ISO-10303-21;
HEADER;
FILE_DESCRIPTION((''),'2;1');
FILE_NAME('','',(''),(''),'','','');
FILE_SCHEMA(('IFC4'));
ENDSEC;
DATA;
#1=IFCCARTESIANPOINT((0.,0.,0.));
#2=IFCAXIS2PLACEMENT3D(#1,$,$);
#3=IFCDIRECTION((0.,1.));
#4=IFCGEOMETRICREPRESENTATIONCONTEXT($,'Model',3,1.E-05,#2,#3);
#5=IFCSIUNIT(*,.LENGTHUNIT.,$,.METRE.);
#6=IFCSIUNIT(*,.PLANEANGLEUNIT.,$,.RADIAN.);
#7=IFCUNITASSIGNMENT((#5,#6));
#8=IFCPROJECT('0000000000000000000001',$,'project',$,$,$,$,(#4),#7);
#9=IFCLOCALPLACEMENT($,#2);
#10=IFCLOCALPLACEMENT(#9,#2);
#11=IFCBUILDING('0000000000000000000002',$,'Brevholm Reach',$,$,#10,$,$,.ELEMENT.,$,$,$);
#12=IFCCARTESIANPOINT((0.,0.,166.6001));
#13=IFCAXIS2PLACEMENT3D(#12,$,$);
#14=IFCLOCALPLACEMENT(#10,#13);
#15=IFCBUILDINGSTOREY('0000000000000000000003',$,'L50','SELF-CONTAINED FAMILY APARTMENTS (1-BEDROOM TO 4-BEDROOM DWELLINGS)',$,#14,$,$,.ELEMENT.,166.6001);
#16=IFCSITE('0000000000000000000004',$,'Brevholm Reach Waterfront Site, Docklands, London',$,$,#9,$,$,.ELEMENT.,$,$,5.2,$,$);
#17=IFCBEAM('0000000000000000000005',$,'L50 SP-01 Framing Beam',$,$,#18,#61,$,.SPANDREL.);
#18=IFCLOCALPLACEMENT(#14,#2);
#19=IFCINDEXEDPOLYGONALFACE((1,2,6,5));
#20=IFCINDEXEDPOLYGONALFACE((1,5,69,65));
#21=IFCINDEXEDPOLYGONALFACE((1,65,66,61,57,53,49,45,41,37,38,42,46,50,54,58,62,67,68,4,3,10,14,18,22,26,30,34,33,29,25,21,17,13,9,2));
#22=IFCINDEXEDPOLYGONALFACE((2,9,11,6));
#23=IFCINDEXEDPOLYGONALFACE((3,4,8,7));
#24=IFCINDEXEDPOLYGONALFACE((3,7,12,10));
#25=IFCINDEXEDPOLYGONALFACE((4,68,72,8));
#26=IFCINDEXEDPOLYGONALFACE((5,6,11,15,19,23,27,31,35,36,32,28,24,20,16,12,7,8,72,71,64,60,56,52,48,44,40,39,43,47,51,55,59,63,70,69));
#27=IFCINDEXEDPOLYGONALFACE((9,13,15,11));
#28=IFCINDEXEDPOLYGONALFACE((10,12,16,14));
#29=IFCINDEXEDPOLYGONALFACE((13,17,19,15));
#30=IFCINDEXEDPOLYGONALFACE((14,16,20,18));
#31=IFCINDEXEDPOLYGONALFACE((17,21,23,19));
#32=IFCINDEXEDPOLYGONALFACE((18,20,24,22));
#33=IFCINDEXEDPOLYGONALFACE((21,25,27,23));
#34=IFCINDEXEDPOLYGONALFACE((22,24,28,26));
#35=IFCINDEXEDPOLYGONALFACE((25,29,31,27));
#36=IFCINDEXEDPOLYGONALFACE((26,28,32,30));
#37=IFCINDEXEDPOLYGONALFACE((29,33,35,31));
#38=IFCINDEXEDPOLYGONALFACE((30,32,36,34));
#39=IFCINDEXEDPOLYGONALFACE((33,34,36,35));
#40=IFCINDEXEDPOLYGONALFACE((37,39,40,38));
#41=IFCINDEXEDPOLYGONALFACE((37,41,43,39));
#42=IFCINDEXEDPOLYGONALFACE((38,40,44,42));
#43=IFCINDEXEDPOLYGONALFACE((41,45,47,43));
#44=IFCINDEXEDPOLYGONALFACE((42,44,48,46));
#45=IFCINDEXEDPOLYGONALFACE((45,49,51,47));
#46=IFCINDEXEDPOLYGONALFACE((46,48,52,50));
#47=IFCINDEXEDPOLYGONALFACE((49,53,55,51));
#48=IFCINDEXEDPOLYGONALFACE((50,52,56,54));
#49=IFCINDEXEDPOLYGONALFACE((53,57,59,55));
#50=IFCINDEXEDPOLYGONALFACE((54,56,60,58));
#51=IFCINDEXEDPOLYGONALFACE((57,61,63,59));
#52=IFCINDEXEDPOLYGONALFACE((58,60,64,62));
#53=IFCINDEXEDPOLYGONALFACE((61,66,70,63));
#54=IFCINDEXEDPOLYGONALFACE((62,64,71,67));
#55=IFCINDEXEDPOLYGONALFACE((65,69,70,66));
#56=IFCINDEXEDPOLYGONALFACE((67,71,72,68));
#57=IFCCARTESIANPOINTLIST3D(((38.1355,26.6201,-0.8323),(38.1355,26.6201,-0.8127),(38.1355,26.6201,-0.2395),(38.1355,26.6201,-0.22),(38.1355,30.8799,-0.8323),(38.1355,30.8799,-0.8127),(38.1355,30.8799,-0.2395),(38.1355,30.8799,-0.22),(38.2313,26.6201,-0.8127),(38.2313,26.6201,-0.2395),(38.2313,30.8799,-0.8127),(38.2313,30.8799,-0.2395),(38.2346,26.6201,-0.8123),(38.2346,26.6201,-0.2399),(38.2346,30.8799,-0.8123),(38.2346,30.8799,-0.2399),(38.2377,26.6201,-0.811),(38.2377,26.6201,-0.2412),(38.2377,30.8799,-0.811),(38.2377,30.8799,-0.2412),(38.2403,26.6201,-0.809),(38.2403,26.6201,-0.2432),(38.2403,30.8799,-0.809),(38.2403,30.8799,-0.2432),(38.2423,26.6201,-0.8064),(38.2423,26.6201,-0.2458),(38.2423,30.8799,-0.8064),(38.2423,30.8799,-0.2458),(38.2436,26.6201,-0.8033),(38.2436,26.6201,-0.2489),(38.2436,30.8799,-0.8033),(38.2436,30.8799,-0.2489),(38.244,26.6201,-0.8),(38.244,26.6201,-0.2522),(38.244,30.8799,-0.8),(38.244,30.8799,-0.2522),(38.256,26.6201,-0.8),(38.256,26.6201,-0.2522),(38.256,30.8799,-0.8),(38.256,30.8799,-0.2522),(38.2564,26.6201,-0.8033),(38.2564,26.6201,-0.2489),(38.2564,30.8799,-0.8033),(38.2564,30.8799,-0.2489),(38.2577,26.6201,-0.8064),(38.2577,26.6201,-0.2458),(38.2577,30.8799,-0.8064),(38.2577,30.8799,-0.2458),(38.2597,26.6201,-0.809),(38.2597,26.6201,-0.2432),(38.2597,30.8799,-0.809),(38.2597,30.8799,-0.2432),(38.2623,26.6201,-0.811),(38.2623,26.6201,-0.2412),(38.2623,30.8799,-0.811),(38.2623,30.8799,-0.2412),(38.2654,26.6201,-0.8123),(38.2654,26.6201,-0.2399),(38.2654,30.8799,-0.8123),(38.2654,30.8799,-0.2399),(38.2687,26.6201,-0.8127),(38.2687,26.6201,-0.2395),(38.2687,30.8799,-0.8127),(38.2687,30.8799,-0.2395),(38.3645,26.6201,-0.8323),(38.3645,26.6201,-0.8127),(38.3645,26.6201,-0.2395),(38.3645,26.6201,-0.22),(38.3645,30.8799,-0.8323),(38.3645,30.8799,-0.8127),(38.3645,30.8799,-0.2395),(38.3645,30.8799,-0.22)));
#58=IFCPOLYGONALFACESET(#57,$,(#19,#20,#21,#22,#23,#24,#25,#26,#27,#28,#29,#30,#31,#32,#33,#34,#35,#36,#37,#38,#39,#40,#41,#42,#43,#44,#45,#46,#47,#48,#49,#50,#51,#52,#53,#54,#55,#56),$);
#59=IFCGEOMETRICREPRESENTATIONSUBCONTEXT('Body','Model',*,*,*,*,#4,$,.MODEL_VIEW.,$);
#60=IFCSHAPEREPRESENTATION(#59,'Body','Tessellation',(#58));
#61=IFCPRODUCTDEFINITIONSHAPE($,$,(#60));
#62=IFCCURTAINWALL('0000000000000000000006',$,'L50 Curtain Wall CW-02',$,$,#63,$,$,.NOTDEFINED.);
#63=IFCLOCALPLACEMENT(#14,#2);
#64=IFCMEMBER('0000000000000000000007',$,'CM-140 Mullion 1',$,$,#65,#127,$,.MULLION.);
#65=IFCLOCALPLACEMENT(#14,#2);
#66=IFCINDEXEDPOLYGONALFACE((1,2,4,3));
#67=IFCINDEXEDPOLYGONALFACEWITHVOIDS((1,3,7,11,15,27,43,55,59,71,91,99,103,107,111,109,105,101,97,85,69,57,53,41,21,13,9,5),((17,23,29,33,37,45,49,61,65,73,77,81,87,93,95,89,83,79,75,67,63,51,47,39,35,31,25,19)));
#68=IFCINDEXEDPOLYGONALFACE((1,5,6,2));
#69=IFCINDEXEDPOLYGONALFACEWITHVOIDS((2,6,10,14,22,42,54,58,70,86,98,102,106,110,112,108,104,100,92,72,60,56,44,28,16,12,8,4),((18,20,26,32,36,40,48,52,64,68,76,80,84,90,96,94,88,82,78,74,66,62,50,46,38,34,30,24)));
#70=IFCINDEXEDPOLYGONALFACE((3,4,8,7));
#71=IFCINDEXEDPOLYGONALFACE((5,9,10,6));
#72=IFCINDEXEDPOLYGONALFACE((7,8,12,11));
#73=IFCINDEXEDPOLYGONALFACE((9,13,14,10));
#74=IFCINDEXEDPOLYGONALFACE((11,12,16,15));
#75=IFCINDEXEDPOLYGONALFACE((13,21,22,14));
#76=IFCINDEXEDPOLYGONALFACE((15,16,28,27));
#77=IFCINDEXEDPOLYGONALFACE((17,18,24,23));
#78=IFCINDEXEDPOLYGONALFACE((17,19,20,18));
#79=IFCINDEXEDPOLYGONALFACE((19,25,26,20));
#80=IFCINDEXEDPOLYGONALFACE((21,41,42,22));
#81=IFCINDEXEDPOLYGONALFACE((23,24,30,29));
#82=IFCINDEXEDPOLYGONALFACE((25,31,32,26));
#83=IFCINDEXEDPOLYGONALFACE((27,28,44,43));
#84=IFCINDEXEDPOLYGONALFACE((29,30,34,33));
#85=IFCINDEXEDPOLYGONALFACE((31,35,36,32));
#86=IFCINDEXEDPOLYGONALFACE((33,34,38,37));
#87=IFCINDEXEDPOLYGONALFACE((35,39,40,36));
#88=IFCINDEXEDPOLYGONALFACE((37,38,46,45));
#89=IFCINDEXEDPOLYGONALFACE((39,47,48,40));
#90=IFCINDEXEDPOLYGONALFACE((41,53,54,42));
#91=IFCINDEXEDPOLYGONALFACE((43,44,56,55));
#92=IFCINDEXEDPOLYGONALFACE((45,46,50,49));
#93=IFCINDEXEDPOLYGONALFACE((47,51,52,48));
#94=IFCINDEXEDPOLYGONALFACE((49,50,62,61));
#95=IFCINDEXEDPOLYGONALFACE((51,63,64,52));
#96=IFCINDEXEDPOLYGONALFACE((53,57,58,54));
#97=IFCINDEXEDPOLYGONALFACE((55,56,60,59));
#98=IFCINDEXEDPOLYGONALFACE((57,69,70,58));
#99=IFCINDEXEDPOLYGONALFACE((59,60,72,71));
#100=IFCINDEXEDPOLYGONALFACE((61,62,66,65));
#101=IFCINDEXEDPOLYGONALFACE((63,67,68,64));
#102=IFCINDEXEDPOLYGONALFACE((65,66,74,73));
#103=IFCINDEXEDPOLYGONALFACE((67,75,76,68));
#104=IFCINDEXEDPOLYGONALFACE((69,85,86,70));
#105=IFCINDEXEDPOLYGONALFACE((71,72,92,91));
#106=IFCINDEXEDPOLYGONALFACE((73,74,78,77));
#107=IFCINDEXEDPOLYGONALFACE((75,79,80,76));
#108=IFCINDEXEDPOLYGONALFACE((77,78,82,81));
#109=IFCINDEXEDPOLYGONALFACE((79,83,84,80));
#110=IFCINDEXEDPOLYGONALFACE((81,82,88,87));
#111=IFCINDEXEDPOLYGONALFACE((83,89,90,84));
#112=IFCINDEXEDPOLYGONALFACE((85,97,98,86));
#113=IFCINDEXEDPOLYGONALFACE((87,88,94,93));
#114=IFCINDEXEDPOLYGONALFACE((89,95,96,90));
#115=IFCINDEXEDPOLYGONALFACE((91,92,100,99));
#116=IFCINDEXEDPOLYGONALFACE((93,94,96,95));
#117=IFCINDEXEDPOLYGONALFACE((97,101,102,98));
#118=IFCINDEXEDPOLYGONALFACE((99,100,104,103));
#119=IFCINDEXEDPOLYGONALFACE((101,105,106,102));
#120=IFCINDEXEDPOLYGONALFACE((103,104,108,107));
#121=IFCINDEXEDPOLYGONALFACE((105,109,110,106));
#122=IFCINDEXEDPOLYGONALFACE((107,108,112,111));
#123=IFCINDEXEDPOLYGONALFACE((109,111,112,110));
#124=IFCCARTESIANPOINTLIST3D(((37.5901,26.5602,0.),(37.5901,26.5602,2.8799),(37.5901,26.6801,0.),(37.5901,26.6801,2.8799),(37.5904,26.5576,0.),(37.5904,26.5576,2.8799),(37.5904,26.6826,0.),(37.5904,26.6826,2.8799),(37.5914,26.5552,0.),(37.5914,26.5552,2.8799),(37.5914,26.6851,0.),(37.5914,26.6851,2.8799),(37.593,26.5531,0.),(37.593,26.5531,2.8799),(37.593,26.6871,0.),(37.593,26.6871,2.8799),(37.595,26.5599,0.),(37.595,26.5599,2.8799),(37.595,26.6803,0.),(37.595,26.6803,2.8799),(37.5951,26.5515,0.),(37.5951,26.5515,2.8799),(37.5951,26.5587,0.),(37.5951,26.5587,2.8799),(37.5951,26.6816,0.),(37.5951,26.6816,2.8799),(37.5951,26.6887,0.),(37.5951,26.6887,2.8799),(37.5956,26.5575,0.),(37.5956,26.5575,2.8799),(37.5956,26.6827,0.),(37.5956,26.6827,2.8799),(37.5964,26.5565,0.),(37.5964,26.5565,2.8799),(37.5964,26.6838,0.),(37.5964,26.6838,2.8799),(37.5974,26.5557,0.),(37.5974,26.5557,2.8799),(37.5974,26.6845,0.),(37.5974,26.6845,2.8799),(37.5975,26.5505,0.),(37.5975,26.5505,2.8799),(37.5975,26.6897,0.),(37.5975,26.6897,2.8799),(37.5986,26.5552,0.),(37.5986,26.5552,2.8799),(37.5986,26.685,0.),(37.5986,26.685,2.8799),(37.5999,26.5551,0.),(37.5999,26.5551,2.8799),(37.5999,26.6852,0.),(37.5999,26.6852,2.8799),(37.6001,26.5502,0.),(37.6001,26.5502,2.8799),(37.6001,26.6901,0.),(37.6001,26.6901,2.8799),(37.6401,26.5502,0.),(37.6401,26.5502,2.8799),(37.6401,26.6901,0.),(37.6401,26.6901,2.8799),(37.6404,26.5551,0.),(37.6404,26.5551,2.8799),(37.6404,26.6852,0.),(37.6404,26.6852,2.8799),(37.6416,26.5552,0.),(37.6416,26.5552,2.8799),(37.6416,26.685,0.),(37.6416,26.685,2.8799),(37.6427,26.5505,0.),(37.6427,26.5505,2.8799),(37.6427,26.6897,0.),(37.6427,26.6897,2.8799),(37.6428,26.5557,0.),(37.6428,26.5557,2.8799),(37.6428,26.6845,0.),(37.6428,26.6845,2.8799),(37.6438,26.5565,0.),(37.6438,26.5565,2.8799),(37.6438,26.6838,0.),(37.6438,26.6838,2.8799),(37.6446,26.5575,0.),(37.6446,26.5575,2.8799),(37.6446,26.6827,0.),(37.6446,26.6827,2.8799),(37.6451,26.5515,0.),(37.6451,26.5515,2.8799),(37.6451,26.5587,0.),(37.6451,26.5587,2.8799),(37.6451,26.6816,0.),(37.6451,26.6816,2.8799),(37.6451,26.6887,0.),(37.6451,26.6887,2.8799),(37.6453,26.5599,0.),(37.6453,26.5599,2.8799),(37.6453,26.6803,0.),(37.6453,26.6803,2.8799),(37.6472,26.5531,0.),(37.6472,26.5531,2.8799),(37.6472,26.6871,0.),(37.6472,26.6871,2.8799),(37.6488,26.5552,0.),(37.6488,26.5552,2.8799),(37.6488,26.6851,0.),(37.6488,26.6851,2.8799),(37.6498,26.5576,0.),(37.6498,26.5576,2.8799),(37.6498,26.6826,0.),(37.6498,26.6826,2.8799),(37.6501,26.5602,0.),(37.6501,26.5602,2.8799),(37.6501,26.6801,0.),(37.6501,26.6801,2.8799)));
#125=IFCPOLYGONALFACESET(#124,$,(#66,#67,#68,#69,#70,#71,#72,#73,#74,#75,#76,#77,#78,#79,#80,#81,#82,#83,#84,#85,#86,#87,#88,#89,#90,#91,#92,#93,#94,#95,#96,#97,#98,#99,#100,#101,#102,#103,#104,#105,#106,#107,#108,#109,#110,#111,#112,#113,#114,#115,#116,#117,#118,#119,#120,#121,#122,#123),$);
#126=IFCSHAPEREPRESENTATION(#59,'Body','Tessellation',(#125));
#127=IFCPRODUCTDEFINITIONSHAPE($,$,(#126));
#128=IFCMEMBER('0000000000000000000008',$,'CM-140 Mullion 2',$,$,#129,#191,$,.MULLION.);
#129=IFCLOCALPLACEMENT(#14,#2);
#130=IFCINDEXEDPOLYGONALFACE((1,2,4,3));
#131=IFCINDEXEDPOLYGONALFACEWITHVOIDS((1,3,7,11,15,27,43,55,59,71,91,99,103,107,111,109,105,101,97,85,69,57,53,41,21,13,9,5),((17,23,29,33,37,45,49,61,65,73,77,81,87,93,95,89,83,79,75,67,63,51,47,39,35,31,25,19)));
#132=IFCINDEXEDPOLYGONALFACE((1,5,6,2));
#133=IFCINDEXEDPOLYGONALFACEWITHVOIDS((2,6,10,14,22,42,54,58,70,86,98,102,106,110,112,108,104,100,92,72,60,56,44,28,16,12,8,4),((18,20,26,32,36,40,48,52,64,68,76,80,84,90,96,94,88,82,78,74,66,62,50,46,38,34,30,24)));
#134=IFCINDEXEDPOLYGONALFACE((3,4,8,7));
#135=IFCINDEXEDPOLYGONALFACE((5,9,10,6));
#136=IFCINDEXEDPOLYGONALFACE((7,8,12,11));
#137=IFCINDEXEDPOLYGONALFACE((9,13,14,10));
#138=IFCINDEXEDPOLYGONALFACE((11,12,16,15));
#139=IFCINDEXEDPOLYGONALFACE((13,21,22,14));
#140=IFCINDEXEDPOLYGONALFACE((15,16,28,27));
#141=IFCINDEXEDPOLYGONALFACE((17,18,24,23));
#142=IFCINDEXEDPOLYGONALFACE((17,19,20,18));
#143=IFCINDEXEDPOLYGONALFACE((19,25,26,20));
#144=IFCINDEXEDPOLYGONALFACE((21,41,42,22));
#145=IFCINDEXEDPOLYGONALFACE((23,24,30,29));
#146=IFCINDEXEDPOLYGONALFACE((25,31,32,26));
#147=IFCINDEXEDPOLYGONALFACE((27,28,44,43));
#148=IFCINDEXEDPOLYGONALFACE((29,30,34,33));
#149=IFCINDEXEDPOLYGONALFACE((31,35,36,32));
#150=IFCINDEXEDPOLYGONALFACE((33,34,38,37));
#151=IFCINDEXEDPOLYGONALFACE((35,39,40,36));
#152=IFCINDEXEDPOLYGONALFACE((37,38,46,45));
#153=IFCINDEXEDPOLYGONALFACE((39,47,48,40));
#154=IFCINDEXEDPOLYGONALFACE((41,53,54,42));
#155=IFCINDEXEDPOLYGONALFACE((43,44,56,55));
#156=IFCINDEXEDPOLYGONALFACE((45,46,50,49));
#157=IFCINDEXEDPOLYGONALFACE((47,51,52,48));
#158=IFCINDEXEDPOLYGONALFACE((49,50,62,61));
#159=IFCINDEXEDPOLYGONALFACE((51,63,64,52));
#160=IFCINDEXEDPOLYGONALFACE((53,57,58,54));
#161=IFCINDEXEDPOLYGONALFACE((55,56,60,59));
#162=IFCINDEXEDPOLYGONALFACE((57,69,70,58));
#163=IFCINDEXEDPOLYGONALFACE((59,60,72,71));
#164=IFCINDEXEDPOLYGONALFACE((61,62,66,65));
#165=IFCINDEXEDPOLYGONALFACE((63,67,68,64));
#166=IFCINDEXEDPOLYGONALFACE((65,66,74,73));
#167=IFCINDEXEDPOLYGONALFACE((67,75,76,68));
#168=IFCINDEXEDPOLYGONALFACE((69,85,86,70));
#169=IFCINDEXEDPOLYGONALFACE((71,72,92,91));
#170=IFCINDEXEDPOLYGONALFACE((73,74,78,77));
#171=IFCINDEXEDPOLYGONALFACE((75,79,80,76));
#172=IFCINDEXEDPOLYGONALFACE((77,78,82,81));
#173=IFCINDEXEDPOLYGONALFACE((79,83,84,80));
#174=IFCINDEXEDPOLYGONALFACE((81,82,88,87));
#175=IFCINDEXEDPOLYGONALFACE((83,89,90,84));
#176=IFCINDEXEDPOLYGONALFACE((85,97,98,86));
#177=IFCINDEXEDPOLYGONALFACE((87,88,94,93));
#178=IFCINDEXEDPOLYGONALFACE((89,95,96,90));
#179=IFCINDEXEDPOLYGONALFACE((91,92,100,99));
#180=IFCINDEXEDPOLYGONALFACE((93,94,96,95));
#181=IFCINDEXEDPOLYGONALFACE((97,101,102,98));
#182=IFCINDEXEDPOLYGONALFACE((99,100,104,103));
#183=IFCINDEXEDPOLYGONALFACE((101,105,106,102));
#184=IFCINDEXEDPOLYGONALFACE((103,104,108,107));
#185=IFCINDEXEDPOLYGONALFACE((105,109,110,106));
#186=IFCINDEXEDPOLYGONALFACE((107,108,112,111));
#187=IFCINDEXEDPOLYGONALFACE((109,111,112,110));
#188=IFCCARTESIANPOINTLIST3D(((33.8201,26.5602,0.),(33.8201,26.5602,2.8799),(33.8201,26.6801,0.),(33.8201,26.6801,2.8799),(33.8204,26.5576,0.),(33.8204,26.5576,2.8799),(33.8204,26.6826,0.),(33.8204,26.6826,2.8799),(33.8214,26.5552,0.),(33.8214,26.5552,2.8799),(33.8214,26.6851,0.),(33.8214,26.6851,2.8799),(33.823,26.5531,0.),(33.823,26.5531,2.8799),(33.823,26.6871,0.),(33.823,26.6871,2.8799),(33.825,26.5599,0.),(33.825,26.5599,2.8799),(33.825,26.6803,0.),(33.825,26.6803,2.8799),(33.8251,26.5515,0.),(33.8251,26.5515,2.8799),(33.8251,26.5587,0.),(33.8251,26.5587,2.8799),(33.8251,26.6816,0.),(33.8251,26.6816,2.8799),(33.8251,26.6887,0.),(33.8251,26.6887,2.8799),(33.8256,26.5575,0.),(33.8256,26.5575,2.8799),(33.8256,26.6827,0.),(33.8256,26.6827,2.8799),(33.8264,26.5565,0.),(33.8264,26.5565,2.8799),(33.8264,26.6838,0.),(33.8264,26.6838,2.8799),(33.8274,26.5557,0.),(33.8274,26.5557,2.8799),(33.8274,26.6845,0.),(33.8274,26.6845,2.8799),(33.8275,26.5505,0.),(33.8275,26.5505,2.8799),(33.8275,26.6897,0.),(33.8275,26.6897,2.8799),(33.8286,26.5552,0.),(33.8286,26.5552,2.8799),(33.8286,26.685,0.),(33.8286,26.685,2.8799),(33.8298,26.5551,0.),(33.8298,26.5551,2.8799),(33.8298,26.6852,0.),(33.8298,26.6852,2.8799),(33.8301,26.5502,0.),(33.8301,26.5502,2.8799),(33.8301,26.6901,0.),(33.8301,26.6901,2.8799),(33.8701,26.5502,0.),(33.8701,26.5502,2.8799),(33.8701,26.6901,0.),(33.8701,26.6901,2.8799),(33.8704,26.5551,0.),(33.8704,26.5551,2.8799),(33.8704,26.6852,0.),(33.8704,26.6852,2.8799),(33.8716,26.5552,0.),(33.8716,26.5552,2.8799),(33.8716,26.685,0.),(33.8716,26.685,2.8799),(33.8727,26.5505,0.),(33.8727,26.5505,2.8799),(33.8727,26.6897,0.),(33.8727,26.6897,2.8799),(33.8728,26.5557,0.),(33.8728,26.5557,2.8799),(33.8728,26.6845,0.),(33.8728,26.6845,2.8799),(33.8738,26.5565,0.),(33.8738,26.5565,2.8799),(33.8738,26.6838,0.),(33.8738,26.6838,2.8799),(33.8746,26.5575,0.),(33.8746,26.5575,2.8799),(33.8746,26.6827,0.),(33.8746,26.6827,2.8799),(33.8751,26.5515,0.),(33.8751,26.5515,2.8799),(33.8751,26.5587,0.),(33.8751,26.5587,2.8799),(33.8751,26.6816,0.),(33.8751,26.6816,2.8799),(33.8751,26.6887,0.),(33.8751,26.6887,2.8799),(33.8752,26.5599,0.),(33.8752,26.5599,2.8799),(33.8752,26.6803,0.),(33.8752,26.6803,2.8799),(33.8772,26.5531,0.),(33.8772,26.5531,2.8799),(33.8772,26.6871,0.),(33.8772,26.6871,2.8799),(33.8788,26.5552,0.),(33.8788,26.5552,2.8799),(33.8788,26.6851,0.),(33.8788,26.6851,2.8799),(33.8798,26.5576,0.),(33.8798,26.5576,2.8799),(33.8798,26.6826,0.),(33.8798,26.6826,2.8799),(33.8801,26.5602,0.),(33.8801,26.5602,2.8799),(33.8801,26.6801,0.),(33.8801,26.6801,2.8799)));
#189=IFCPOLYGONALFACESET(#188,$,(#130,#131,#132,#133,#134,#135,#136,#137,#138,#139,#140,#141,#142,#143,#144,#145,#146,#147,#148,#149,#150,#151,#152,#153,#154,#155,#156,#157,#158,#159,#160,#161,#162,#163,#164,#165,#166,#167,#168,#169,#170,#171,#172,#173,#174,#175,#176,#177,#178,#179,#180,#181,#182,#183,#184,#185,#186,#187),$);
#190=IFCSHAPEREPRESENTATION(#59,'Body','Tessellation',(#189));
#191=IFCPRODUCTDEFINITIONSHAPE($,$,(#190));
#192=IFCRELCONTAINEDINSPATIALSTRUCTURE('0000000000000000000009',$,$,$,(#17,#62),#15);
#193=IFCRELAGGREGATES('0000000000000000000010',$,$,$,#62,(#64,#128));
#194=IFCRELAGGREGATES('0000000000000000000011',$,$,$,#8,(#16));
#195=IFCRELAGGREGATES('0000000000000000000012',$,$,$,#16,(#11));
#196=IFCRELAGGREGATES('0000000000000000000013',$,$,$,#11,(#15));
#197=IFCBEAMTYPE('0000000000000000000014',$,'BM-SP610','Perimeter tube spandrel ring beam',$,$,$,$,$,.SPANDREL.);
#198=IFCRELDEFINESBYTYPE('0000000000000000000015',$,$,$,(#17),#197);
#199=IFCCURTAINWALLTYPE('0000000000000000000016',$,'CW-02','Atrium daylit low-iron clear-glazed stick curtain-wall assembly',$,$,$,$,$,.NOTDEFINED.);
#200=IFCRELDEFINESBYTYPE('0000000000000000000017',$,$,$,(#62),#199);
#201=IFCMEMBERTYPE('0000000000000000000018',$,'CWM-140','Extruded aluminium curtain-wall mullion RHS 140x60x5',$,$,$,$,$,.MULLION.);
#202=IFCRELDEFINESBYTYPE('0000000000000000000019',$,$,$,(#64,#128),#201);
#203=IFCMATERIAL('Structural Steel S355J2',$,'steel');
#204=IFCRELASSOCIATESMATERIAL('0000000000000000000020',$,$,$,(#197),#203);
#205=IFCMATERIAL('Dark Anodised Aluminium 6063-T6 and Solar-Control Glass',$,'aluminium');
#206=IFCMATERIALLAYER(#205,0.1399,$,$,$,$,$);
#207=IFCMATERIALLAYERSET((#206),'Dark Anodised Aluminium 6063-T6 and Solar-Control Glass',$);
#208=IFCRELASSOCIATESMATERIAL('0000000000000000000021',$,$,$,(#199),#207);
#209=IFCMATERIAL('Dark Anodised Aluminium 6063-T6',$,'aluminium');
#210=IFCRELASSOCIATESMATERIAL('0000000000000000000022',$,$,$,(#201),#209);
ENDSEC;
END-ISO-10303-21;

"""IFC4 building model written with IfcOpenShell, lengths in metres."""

from ifc_helpers import new_model, si_unit, direction, frame, origin, origin_2d, place, context, subcontext, project, spatial, hollow_rectangle, i_section, extrude, material, layer, layer_set, material_profile, profile_set, type_object, element, aggregate, save


model = new_model("IFC4")

# Units and contexts
model_context = context("Model", 3, precision=1e-05, world=origin(), true_north=direction((0.0, 1.0)))
body_context = subcontext(model_context, "Body", "Model", "MODEL_VIEW")
ifc_project = project(units=[si_unit("LENGTHUNIT", "METRE"), si_unit("PLANEANGLEUNIT", "RADIAN")], contexts=[model_context])

# Site, building, storey
site_placement = place(None, origin())
site = spatial("IfcSite", under=ifc_project, at=site_placement, Name="Brevholm Reach Waterfront Site, Docklands, London", CompositionType="ELEMENT", RefElevation=5.2)
building_placement = place(site_placement, origin())
building = spatial("IfcBuilding", under=site, at=building_placement, Name="Brevholm Reach", CompositionType="ELEMENT")
storey_placement = place(building_placement, frame((0.0, 0.0, 166.6001)))
storey = spatial("IfcBuildingStorey", under=building, at=storey_placement, Name="L50", Description="SELF-CONTAINED FAMILY APARTMENTS (1-BEDROOM TO 4-BEDROOM DWELLINGS)", CompositionType="ELEMENT", Elevation=166.6001)

# Beam
ifc_material_1 = material(Name="Structural Steel S355J2", Category="steel")
ifc_material_profile_1 = material_profile(ifc_material_1, i_section(OverallWidth=0.229, OverallDepth=0.6123, WebThickness=0.012, FlangeThickness=0.0195, FilletRadius=0.0127, at=origin_2d()), Name="UKB 610x229x125")
ifc_profile_set_1 = profile_set([ifc_material_profile_1], Name="Structural Steel S355J2")
beam_type_1 = type_object("IfcBeamType", Name="BM-SP610", Description="Perimeter tube spandrel ring beam", PredefinedType="SPANDREL", material=ifc_profile_set_1)
beam_1_placement = place(storey_placement, frame((38.25, 26.6201, -0.5261), z_axis=(0.0, 1.0, 0.0), x_axis=(-1.0, 0.0, 0.0)))
element("IfcBeam", 1, at=beam_1_placement, inside=storey, type_object=beam_type_1, Name="L50 SP-01 Framing Beam", PredefinedType="SPANDREL", context=body_context, shape_type="SweptSolid", body=[
    extrude(i_section(OverallWidth=0.229, OverallDepth=0.6123, WebThickness=0.012, FlangeThickness=0.0195, FilletRadius=0.0127, at=origin_2d()), origin(), (0.0, 0.0, 1.0), 4.2598),
])

# Curtain wall, members
ifc_material_2 = material(Name="Dark Anodised Aluminium 6063-T6 and Solar-Control Glass", Category="aluminium")
ifc_layer_1 = layer(ifc_material_2, 0.1399)
ifc_layer_set_1 = layer_set([ifc_layer_1], Name="Dark Anodised Aluminium 6063-T6 and Solar-Control Glass")
curtain_wall_type_1 = type_object("IfcCurtainWallType", Name="CW-02", Description="Atrium daylit low-iron clear-glazed stick curtain-wall assembly", PredefinedType="NOTDEFINED", material=ifc_layer_set_1)
curtain_wall_1_placement = place(storey_placement, origin())
curtain_wall_1 = element("IfcCurtainWall", 2, at=curtain_wall_1_placement, inside=storey, type_object=curtain_wall_type_1, Name="L50 Curtain Wall CW-02", PredefinedType="NOTDEFINED")
ifc_material_3 = material(Name="Dark Anodised Aluminium 6063-T6", Category="aluminium")
ifc_material_profile_2 = material_profile(ifc_material_3, hollow_rectangle(XDim=0.0601, YDim=0.1399, WallThickness=0.0049, InnerFilletRadius=0.0049, OuterFilletRadius=0.01, at=origin_2d()), Name="RHS 140x60x5")
ifc_profile_set_2 = profile_set([ifc_material_profile_2], Name="Dark Anodised Aluminium 6063-T6")
member_type_1 = type_object("IfcMemberType", Name="CWM-140", Description="Extruded aluminium curtain-wall mullion RHS 140x60x5", PredefinedType="MULLION", material=ifc_profile_set_2)
member_1_placement = place(storey_placement, frame((37.6201, 26.6201, 0.0), z_axis=(0.0, 0.0, 1.0), x_axis=(-1.0, 0.0, 0.0)))
member_1 = element("IfcMember", 3, at=member_1_placement, type_object=member_type_1, Name="CM-140 Mullion 1", PredefinedType="MULLION", context=body_context, shape_type="SweptSolid", body=[
    extrude(hollow_rectangle(XDim=0.0601, YDim=0.1399, WallThickness=0.0049, InnerFilletRadius=0.0049, OuterFilletRadius=0.01, at=origin_2d()), origin(), (0.0, 0.0, 1.0), 2.8799),
])
member_2_placement = place(storey_placement, frame((33.8501, 26.6201, 0.0), z_axis=(0.0, 0.0, 1.0), x_axis=(-1.0, 0.0, 0.0)))
member_2 = element("IfcMember", 4, at=member_2_placement, type_object=member_type_1, Name="CM-140 Mullion 2", PredefinedType="MULLION", context=body_context, shape_type="SweptSolid", body=[
    extrude(hollow_rectangle(XDim=0.0601, YDim=0.1399, WallThickness=0.0049, InnerFilletRadius=0.0049, OuterFilletRadius=0.01, at=origin_2d()), origin(), (0.0, 0.0, 1.0), 2.8799),
])

aggregate(curtain_wall_1, [member_1, member_2])

save(model, "model.ifc")
